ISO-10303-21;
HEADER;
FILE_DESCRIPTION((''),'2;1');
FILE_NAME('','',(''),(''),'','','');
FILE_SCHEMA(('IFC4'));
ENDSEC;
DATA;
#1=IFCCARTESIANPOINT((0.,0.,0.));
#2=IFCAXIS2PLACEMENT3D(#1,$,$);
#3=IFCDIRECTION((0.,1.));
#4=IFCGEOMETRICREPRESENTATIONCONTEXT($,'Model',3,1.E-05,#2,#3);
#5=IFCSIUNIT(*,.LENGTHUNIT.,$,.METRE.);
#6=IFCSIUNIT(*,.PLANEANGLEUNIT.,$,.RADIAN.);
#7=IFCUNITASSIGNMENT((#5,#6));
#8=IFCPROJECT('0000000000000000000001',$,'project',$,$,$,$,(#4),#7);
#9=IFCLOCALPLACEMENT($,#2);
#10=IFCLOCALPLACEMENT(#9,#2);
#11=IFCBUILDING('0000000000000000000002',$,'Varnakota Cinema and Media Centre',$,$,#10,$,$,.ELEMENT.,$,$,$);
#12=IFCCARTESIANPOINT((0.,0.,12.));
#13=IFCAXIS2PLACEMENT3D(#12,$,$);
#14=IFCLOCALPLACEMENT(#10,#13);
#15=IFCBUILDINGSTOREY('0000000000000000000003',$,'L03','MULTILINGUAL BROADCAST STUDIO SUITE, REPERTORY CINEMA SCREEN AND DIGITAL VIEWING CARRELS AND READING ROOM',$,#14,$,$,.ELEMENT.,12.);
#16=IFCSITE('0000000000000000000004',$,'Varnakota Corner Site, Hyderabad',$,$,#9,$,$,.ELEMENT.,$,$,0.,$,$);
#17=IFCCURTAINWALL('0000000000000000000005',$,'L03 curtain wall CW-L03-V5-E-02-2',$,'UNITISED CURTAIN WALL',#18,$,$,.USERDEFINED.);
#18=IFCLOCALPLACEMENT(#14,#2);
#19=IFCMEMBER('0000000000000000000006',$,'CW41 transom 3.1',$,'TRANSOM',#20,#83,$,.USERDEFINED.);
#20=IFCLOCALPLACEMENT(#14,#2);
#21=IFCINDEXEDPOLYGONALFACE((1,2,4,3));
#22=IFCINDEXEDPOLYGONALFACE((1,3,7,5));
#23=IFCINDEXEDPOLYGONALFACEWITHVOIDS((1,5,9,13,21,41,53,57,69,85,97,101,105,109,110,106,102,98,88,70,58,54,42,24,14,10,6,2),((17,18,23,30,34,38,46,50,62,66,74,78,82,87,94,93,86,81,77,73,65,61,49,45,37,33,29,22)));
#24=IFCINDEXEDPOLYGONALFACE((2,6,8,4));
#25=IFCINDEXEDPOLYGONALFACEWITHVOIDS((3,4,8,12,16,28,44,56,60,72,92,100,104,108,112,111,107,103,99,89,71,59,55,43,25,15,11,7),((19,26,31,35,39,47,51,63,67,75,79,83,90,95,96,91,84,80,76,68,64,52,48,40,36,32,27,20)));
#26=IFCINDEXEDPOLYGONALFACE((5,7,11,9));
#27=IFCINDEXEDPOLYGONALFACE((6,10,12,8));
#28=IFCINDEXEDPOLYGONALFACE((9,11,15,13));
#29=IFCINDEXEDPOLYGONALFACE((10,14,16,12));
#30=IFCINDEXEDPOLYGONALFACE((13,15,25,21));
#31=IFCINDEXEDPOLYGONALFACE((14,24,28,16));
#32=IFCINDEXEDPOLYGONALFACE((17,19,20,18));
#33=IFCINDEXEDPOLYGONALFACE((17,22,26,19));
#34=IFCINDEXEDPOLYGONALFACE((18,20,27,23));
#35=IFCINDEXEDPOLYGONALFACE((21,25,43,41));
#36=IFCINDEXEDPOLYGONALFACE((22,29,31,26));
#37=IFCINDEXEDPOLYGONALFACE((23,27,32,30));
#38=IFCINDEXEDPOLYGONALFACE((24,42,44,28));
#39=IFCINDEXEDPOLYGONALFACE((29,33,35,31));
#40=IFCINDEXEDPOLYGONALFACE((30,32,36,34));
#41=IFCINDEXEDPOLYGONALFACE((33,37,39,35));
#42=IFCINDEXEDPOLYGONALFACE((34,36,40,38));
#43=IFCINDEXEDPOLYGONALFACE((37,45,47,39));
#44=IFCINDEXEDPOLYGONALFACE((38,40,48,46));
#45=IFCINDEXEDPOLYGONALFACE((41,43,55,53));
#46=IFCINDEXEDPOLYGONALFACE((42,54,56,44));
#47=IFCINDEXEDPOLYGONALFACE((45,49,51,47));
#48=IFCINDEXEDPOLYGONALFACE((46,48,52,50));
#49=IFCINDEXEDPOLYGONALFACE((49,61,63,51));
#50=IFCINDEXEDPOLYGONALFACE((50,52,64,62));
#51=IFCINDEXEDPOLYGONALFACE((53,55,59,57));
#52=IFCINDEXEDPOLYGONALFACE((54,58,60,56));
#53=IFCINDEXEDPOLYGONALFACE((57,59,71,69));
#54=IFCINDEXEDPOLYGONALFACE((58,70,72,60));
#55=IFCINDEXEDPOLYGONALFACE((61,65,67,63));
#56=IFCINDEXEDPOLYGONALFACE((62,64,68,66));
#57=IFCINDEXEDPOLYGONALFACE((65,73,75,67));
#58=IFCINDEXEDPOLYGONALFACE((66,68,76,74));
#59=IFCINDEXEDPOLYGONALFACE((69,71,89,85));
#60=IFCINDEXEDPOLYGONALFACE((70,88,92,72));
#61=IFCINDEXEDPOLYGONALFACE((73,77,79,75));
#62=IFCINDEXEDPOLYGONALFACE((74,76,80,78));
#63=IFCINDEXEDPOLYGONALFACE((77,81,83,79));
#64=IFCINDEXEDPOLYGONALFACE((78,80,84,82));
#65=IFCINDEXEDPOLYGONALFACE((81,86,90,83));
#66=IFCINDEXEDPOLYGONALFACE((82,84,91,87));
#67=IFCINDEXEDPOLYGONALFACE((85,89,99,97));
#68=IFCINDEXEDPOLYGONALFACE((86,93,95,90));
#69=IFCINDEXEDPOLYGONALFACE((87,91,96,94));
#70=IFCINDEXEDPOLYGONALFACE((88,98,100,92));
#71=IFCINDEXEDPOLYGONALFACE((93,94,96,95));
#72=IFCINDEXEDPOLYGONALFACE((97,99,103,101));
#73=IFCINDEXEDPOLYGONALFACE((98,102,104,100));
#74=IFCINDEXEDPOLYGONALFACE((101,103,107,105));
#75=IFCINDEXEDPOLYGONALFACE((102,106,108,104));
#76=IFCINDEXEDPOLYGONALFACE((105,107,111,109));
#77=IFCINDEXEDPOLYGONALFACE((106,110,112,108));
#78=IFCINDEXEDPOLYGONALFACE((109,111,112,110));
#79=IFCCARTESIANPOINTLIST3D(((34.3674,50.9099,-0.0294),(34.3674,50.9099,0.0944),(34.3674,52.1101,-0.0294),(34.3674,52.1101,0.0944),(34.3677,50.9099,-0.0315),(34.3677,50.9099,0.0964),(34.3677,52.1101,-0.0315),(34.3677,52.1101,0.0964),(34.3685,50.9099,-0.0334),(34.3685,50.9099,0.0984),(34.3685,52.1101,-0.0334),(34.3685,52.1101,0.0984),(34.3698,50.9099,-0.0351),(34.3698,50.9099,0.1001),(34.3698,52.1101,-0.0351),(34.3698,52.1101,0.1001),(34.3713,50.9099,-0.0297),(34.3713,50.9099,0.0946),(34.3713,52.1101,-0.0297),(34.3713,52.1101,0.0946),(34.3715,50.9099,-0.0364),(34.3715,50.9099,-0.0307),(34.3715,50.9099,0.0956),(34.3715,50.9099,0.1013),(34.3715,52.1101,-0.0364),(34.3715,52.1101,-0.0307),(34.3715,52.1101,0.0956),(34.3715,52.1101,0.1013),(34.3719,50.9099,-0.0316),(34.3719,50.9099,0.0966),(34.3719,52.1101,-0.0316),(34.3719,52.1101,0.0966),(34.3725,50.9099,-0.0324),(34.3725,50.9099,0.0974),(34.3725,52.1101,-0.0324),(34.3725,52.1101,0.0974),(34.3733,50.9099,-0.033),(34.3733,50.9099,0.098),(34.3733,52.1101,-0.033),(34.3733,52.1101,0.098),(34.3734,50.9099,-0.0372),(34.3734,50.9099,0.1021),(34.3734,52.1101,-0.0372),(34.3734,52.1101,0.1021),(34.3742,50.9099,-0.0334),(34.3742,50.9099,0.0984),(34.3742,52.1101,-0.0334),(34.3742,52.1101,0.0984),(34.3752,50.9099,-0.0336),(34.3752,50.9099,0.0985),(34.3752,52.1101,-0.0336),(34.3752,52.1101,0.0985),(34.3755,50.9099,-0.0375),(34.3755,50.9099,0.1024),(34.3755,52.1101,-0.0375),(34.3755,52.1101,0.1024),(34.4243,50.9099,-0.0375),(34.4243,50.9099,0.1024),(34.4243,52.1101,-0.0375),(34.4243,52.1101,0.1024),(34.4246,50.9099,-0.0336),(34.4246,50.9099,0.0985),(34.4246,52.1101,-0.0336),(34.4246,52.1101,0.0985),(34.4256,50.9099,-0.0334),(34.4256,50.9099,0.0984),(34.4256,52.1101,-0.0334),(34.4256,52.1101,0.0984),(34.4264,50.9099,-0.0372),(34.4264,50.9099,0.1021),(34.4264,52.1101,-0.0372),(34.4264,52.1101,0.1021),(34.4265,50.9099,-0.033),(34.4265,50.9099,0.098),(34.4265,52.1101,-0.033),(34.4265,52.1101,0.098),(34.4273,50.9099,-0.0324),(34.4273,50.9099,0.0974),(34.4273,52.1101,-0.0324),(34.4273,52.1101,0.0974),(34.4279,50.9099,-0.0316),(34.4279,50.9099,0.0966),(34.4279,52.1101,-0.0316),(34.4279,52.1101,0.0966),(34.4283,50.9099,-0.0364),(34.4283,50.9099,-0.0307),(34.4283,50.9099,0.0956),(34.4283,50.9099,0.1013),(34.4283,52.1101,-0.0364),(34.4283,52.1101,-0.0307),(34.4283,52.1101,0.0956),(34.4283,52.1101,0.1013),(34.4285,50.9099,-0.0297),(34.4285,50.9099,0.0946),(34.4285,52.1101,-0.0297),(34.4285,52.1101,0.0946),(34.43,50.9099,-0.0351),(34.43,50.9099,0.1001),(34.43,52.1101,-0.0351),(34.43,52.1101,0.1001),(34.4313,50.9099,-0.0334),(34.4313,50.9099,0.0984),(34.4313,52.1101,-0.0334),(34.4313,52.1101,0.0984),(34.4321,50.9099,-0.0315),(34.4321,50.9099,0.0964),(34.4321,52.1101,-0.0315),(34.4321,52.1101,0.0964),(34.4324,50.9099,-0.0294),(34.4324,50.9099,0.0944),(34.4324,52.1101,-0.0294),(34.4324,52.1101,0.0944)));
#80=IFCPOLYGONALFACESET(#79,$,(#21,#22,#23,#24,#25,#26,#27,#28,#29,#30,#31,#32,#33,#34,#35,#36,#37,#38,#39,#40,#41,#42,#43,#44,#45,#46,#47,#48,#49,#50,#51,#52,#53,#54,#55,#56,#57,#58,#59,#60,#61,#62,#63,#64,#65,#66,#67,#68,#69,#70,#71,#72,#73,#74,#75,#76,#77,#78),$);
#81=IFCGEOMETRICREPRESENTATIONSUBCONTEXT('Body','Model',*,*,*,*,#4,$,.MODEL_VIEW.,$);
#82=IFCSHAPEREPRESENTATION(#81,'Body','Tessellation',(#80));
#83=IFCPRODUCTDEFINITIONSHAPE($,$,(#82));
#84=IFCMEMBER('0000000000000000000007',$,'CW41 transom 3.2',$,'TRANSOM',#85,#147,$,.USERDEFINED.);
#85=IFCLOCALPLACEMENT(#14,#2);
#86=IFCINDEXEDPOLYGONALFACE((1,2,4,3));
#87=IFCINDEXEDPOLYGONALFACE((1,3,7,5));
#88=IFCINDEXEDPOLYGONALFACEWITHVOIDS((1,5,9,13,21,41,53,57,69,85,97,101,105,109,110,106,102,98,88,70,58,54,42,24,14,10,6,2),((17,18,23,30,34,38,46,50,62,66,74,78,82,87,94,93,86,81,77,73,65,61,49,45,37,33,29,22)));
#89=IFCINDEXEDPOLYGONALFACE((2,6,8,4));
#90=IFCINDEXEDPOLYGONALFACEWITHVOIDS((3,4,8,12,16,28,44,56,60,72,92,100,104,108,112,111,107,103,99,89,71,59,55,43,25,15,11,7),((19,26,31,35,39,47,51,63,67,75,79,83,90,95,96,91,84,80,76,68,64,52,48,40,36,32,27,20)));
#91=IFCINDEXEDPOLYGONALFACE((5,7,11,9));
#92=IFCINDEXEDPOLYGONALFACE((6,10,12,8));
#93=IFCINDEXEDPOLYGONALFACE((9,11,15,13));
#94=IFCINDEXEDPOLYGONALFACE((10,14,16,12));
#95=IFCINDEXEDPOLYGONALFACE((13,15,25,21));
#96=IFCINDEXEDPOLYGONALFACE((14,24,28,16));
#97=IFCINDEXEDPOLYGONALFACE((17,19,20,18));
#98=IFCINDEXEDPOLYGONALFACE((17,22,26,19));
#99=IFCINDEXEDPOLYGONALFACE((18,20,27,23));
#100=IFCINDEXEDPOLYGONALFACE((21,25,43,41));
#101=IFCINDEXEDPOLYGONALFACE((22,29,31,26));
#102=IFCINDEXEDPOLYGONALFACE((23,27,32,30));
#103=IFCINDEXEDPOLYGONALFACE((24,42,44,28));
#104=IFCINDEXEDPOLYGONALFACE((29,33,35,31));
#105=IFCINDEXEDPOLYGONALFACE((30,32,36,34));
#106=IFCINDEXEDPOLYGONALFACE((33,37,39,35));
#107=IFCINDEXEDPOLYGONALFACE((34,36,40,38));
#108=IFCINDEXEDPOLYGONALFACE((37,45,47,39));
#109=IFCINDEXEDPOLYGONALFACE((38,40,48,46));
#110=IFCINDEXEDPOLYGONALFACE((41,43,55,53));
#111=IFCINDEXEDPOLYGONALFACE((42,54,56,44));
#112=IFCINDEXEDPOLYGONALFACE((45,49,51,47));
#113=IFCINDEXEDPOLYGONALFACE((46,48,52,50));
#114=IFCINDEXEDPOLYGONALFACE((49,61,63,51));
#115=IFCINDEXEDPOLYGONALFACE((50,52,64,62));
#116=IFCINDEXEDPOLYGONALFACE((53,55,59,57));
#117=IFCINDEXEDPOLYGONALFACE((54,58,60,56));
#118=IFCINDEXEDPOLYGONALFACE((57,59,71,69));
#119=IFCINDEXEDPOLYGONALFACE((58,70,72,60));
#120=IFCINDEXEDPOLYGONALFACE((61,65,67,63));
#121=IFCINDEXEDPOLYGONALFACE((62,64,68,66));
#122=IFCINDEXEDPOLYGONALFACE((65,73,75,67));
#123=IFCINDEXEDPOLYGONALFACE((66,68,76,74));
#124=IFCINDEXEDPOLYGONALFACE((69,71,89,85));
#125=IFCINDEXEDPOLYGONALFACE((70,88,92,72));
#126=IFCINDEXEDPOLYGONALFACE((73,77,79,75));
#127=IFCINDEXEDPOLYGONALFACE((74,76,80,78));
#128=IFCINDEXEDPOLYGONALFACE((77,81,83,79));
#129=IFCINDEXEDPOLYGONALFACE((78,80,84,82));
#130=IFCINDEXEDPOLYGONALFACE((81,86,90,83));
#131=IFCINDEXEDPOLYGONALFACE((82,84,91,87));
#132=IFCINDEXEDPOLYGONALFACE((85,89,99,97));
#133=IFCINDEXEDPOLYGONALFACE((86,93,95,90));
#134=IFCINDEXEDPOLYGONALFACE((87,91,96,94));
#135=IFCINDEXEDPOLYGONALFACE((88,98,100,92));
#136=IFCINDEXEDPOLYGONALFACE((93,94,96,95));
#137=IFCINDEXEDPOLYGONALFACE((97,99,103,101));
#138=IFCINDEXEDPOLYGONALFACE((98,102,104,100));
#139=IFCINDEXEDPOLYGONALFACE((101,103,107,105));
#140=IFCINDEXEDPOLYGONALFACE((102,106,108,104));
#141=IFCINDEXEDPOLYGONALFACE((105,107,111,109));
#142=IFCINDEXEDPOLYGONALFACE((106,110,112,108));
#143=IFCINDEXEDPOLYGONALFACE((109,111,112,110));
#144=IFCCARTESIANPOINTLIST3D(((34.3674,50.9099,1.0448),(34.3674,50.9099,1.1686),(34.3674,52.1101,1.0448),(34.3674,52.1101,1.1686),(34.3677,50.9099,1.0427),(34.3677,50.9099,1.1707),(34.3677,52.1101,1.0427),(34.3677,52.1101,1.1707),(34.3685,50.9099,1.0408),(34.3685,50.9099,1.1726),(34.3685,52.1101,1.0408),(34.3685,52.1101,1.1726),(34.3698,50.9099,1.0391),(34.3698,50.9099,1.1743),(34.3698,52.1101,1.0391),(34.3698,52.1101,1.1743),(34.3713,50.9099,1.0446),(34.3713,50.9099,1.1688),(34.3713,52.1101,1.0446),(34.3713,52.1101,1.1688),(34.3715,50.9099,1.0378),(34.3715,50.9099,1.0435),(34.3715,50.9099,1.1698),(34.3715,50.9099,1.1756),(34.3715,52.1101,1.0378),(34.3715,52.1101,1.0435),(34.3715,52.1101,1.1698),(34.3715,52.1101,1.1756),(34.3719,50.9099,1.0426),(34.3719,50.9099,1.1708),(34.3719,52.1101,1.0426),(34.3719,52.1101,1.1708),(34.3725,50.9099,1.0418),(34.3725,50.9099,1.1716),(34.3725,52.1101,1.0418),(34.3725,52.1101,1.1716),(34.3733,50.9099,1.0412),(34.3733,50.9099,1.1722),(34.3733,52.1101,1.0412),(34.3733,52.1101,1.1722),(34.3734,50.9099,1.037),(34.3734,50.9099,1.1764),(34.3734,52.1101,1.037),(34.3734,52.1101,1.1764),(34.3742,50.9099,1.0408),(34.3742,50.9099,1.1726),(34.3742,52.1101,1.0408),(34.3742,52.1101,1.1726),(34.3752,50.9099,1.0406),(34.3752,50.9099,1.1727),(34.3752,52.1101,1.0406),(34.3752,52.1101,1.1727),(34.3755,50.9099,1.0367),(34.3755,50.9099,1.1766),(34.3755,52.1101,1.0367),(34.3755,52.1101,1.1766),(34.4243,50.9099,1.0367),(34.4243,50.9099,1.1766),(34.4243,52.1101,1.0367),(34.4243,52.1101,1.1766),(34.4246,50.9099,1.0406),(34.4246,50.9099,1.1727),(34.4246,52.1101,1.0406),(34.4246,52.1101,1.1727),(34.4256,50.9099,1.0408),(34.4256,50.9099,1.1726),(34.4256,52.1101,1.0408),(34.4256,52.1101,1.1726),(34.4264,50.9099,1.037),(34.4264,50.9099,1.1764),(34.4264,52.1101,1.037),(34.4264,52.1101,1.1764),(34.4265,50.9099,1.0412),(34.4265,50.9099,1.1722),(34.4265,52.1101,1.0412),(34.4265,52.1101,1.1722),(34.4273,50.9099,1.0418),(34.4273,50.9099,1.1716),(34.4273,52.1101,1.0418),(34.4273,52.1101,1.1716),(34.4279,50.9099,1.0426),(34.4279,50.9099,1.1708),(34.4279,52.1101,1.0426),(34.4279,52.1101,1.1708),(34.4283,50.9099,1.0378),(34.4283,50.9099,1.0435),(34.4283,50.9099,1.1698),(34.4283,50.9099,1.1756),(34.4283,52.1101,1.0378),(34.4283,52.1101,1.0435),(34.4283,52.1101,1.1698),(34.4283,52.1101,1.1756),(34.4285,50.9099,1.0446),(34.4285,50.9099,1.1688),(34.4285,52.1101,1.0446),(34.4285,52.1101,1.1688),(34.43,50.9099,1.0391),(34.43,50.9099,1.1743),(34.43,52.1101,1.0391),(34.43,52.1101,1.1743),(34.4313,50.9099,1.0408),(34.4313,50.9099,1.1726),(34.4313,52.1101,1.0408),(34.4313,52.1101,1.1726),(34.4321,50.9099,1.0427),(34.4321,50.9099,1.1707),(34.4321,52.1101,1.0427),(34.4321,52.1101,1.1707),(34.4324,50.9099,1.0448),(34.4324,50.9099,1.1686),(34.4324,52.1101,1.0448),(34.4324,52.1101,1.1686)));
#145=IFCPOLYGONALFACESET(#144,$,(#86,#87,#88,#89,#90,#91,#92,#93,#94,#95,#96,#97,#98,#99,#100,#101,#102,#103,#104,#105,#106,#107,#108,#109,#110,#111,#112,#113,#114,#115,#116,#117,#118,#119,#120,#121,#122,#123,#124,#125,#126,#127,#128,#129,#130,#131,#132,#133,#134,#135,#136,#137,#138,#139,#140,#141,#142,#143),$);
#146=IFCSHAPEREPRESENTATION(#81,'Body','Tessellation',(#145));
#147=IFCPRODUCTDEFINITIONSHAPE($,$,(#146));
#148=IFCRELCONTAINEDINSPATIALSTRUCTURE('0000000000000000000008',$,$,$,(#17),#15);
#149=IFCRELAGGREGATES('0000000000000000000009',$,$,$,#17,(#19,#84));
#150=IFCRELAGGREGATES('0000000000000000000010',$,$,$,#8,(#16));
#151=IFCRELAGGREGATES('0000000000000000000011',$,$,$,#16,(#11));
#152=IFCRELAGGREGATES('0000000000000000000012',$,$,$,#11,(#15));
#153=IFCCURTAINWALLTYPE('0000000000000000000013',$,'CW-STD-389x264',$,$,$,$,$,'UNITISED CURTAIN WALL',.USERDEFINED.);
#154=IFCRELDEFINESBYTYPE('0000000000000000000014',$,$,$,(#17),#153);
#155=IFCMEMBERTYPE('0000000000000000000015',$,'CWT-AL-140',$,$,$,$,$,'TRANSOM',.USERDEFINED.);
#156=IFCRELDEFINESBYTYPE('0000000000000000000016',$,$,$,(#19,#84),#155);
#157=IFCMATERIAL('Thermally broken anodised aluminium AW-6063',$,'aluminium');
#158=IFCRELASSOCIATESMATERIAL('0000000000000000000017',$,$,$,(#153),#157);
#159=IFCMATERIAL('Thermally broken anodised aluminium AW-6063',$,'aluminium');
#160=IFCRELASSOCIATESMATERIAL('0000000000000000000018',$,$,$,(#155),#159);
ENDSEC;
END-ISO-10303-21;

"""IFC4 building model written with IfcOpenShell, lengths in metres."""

from ifc_helpers import new_model, si_unit, direction, frame, origin, origin_2d, place, context, subcontext, project, spatial, hollow_rectangle, extrude, material, material_profile, profile_set, type_object, element, aggregate, save


model = new_model("IFC4")

# Units and contexts
model_context = context("Model", 3, precision=1e-05, world=origin(), true_north=direction((0.0, 1.0)))
body_context = subcontext(model_context, "Body", "Model", "MODEL_VIEW")
ifc_project = project(units=[si_unit("LENGTHUNIT", "METRE"), si_unit("PLANEANGLEUNIT", "RADIAN")], contexts=[model_context])

# Site, building, storey
site_placement = place(None, origin())
site = spatial("IfcSite", under=ifc_project, at=site_placement, Name="Varnakota Corner Site, Hyderabad", CompositionType="ELEMENT", RefElevation=0.0)
building_placement = place(site_placement, origin())
building = spatial("IfcBuilding", under=site, at=building_placement, Name="Varnakota Cinema and Media Centre", CompositionType="ELEMENT")
storey_placement = place(building_placement, frame((0.0, 0.0, 12.0)))
storey = spatial("IfcBuildingStorey", under=building, at=storey_placement, Name="L03", Description="MULTILINGUAL BROADCAST STUDIO SUITE, REPERTORY CINEMA SCREEN AND DIGITAL VIEWING CARRELS AND READING ROOM", CompositionType="ELEMENT", Elevation=12.0)

# Curtain wall
ifc_material_1 = material(Name="Thermally broken anodised aluminium AW-6063", Category="aluminium")
curtain_wall_type_1 = type_object("IfcCurtainWallType", Name="CW-STD-389x264", ElementType="UNITISED CURTAIN WALL", PredefinedType="USERDEFINED", material=ifc_material_1)
curtain_wall_1_placement = place(storey_placement, origin())
curtain_wall_1 = element("IfcCurtainWall", 1, at=curtain_wall_1_placement, inside=storey, type_object=curtain_wall_type_1, Name="L03 curtain wall CW-L03-V5-E-02-2", ObjectType="UNITISED CURTAIN WALL", PredefinedType="USERDEFINED")

# Members
ifc_material_2 = material(Name="Thermally broken anodised aluminium AW-6063", Category="aluminium")
ifc_material_profile_1 = material_profile(ifc_material_2, hollow_rectangle(XDim=0.0649, YDim=0.1399, WallThickness=0.0039, InnerFilletRadius=0.0039, OuterFilletRadius=0.0081, at=origin_2d()), Name="AL-TRANSOM 140x65x4")
ifc_profile_set_1 = profile_set([ifc_material_profile_1], Name="Thermally broken anodised aluminium AW-6063")
member_type_1 = type_object("IfcMemberType", Name="CWT-AL-140", ElementType="TRANSOM", PredefinedType="USERDEFINED", material=ifc_profile_set_1)
member_1_placement = place(storey_placement, frame((34.3999, 50.9099, 0.0325), z_axis=(0.0, 1.0, 0.0), x_axis=(-1.0, 0.0, 0.0)))
member_1 = element("IfcMember", 2, at=member_1_placement, type_object=member_type_1, Name="CW41 transom 3.1", ObjectType="TRANSOM", PredefinedType="USERDEFINED", context=body_context, shape_type="SweptSolid", body=[
    extrude(hollow_rectangle(XDim=0.0649, YDim=0.1399, WallThickness=0.0039, InnerFilletRadius=0.0039, OuterFilletRadius=0.0081, at=origin_2d()), origin(), (0.0, 0.0, 1.0), 1.2002),
])
member_2_placement = place(storey_placement, frame((34.3999, 50.9099, 1.1067), z_axis=(0.0, 1.0, 0.0), x_axis=(-1.0, 0.0, 0.0)))
member_2 = element("IfcMember", 3, at=member_2_placement, type_object=member_type_1, Name="CW41 transom 3.2", ObjectType="TRANSOM", PredefinedType="USERDEFINED", context=body_context, shape_type="SweptSolid", body=[
    extrude(hollow_rectangle(XDim=0.0649, YDim=0.1399, WallThickness=0.0039, InnerFilletRadius=0.0039, OuterFilletRadius=0.0081, at=origin_2d()), origin(), (0.0, 0.0, 1.0), 1.2002),
])

aggregate(curtain_wall_1, [member_1, member_2])

save(model, "model.ifc")
